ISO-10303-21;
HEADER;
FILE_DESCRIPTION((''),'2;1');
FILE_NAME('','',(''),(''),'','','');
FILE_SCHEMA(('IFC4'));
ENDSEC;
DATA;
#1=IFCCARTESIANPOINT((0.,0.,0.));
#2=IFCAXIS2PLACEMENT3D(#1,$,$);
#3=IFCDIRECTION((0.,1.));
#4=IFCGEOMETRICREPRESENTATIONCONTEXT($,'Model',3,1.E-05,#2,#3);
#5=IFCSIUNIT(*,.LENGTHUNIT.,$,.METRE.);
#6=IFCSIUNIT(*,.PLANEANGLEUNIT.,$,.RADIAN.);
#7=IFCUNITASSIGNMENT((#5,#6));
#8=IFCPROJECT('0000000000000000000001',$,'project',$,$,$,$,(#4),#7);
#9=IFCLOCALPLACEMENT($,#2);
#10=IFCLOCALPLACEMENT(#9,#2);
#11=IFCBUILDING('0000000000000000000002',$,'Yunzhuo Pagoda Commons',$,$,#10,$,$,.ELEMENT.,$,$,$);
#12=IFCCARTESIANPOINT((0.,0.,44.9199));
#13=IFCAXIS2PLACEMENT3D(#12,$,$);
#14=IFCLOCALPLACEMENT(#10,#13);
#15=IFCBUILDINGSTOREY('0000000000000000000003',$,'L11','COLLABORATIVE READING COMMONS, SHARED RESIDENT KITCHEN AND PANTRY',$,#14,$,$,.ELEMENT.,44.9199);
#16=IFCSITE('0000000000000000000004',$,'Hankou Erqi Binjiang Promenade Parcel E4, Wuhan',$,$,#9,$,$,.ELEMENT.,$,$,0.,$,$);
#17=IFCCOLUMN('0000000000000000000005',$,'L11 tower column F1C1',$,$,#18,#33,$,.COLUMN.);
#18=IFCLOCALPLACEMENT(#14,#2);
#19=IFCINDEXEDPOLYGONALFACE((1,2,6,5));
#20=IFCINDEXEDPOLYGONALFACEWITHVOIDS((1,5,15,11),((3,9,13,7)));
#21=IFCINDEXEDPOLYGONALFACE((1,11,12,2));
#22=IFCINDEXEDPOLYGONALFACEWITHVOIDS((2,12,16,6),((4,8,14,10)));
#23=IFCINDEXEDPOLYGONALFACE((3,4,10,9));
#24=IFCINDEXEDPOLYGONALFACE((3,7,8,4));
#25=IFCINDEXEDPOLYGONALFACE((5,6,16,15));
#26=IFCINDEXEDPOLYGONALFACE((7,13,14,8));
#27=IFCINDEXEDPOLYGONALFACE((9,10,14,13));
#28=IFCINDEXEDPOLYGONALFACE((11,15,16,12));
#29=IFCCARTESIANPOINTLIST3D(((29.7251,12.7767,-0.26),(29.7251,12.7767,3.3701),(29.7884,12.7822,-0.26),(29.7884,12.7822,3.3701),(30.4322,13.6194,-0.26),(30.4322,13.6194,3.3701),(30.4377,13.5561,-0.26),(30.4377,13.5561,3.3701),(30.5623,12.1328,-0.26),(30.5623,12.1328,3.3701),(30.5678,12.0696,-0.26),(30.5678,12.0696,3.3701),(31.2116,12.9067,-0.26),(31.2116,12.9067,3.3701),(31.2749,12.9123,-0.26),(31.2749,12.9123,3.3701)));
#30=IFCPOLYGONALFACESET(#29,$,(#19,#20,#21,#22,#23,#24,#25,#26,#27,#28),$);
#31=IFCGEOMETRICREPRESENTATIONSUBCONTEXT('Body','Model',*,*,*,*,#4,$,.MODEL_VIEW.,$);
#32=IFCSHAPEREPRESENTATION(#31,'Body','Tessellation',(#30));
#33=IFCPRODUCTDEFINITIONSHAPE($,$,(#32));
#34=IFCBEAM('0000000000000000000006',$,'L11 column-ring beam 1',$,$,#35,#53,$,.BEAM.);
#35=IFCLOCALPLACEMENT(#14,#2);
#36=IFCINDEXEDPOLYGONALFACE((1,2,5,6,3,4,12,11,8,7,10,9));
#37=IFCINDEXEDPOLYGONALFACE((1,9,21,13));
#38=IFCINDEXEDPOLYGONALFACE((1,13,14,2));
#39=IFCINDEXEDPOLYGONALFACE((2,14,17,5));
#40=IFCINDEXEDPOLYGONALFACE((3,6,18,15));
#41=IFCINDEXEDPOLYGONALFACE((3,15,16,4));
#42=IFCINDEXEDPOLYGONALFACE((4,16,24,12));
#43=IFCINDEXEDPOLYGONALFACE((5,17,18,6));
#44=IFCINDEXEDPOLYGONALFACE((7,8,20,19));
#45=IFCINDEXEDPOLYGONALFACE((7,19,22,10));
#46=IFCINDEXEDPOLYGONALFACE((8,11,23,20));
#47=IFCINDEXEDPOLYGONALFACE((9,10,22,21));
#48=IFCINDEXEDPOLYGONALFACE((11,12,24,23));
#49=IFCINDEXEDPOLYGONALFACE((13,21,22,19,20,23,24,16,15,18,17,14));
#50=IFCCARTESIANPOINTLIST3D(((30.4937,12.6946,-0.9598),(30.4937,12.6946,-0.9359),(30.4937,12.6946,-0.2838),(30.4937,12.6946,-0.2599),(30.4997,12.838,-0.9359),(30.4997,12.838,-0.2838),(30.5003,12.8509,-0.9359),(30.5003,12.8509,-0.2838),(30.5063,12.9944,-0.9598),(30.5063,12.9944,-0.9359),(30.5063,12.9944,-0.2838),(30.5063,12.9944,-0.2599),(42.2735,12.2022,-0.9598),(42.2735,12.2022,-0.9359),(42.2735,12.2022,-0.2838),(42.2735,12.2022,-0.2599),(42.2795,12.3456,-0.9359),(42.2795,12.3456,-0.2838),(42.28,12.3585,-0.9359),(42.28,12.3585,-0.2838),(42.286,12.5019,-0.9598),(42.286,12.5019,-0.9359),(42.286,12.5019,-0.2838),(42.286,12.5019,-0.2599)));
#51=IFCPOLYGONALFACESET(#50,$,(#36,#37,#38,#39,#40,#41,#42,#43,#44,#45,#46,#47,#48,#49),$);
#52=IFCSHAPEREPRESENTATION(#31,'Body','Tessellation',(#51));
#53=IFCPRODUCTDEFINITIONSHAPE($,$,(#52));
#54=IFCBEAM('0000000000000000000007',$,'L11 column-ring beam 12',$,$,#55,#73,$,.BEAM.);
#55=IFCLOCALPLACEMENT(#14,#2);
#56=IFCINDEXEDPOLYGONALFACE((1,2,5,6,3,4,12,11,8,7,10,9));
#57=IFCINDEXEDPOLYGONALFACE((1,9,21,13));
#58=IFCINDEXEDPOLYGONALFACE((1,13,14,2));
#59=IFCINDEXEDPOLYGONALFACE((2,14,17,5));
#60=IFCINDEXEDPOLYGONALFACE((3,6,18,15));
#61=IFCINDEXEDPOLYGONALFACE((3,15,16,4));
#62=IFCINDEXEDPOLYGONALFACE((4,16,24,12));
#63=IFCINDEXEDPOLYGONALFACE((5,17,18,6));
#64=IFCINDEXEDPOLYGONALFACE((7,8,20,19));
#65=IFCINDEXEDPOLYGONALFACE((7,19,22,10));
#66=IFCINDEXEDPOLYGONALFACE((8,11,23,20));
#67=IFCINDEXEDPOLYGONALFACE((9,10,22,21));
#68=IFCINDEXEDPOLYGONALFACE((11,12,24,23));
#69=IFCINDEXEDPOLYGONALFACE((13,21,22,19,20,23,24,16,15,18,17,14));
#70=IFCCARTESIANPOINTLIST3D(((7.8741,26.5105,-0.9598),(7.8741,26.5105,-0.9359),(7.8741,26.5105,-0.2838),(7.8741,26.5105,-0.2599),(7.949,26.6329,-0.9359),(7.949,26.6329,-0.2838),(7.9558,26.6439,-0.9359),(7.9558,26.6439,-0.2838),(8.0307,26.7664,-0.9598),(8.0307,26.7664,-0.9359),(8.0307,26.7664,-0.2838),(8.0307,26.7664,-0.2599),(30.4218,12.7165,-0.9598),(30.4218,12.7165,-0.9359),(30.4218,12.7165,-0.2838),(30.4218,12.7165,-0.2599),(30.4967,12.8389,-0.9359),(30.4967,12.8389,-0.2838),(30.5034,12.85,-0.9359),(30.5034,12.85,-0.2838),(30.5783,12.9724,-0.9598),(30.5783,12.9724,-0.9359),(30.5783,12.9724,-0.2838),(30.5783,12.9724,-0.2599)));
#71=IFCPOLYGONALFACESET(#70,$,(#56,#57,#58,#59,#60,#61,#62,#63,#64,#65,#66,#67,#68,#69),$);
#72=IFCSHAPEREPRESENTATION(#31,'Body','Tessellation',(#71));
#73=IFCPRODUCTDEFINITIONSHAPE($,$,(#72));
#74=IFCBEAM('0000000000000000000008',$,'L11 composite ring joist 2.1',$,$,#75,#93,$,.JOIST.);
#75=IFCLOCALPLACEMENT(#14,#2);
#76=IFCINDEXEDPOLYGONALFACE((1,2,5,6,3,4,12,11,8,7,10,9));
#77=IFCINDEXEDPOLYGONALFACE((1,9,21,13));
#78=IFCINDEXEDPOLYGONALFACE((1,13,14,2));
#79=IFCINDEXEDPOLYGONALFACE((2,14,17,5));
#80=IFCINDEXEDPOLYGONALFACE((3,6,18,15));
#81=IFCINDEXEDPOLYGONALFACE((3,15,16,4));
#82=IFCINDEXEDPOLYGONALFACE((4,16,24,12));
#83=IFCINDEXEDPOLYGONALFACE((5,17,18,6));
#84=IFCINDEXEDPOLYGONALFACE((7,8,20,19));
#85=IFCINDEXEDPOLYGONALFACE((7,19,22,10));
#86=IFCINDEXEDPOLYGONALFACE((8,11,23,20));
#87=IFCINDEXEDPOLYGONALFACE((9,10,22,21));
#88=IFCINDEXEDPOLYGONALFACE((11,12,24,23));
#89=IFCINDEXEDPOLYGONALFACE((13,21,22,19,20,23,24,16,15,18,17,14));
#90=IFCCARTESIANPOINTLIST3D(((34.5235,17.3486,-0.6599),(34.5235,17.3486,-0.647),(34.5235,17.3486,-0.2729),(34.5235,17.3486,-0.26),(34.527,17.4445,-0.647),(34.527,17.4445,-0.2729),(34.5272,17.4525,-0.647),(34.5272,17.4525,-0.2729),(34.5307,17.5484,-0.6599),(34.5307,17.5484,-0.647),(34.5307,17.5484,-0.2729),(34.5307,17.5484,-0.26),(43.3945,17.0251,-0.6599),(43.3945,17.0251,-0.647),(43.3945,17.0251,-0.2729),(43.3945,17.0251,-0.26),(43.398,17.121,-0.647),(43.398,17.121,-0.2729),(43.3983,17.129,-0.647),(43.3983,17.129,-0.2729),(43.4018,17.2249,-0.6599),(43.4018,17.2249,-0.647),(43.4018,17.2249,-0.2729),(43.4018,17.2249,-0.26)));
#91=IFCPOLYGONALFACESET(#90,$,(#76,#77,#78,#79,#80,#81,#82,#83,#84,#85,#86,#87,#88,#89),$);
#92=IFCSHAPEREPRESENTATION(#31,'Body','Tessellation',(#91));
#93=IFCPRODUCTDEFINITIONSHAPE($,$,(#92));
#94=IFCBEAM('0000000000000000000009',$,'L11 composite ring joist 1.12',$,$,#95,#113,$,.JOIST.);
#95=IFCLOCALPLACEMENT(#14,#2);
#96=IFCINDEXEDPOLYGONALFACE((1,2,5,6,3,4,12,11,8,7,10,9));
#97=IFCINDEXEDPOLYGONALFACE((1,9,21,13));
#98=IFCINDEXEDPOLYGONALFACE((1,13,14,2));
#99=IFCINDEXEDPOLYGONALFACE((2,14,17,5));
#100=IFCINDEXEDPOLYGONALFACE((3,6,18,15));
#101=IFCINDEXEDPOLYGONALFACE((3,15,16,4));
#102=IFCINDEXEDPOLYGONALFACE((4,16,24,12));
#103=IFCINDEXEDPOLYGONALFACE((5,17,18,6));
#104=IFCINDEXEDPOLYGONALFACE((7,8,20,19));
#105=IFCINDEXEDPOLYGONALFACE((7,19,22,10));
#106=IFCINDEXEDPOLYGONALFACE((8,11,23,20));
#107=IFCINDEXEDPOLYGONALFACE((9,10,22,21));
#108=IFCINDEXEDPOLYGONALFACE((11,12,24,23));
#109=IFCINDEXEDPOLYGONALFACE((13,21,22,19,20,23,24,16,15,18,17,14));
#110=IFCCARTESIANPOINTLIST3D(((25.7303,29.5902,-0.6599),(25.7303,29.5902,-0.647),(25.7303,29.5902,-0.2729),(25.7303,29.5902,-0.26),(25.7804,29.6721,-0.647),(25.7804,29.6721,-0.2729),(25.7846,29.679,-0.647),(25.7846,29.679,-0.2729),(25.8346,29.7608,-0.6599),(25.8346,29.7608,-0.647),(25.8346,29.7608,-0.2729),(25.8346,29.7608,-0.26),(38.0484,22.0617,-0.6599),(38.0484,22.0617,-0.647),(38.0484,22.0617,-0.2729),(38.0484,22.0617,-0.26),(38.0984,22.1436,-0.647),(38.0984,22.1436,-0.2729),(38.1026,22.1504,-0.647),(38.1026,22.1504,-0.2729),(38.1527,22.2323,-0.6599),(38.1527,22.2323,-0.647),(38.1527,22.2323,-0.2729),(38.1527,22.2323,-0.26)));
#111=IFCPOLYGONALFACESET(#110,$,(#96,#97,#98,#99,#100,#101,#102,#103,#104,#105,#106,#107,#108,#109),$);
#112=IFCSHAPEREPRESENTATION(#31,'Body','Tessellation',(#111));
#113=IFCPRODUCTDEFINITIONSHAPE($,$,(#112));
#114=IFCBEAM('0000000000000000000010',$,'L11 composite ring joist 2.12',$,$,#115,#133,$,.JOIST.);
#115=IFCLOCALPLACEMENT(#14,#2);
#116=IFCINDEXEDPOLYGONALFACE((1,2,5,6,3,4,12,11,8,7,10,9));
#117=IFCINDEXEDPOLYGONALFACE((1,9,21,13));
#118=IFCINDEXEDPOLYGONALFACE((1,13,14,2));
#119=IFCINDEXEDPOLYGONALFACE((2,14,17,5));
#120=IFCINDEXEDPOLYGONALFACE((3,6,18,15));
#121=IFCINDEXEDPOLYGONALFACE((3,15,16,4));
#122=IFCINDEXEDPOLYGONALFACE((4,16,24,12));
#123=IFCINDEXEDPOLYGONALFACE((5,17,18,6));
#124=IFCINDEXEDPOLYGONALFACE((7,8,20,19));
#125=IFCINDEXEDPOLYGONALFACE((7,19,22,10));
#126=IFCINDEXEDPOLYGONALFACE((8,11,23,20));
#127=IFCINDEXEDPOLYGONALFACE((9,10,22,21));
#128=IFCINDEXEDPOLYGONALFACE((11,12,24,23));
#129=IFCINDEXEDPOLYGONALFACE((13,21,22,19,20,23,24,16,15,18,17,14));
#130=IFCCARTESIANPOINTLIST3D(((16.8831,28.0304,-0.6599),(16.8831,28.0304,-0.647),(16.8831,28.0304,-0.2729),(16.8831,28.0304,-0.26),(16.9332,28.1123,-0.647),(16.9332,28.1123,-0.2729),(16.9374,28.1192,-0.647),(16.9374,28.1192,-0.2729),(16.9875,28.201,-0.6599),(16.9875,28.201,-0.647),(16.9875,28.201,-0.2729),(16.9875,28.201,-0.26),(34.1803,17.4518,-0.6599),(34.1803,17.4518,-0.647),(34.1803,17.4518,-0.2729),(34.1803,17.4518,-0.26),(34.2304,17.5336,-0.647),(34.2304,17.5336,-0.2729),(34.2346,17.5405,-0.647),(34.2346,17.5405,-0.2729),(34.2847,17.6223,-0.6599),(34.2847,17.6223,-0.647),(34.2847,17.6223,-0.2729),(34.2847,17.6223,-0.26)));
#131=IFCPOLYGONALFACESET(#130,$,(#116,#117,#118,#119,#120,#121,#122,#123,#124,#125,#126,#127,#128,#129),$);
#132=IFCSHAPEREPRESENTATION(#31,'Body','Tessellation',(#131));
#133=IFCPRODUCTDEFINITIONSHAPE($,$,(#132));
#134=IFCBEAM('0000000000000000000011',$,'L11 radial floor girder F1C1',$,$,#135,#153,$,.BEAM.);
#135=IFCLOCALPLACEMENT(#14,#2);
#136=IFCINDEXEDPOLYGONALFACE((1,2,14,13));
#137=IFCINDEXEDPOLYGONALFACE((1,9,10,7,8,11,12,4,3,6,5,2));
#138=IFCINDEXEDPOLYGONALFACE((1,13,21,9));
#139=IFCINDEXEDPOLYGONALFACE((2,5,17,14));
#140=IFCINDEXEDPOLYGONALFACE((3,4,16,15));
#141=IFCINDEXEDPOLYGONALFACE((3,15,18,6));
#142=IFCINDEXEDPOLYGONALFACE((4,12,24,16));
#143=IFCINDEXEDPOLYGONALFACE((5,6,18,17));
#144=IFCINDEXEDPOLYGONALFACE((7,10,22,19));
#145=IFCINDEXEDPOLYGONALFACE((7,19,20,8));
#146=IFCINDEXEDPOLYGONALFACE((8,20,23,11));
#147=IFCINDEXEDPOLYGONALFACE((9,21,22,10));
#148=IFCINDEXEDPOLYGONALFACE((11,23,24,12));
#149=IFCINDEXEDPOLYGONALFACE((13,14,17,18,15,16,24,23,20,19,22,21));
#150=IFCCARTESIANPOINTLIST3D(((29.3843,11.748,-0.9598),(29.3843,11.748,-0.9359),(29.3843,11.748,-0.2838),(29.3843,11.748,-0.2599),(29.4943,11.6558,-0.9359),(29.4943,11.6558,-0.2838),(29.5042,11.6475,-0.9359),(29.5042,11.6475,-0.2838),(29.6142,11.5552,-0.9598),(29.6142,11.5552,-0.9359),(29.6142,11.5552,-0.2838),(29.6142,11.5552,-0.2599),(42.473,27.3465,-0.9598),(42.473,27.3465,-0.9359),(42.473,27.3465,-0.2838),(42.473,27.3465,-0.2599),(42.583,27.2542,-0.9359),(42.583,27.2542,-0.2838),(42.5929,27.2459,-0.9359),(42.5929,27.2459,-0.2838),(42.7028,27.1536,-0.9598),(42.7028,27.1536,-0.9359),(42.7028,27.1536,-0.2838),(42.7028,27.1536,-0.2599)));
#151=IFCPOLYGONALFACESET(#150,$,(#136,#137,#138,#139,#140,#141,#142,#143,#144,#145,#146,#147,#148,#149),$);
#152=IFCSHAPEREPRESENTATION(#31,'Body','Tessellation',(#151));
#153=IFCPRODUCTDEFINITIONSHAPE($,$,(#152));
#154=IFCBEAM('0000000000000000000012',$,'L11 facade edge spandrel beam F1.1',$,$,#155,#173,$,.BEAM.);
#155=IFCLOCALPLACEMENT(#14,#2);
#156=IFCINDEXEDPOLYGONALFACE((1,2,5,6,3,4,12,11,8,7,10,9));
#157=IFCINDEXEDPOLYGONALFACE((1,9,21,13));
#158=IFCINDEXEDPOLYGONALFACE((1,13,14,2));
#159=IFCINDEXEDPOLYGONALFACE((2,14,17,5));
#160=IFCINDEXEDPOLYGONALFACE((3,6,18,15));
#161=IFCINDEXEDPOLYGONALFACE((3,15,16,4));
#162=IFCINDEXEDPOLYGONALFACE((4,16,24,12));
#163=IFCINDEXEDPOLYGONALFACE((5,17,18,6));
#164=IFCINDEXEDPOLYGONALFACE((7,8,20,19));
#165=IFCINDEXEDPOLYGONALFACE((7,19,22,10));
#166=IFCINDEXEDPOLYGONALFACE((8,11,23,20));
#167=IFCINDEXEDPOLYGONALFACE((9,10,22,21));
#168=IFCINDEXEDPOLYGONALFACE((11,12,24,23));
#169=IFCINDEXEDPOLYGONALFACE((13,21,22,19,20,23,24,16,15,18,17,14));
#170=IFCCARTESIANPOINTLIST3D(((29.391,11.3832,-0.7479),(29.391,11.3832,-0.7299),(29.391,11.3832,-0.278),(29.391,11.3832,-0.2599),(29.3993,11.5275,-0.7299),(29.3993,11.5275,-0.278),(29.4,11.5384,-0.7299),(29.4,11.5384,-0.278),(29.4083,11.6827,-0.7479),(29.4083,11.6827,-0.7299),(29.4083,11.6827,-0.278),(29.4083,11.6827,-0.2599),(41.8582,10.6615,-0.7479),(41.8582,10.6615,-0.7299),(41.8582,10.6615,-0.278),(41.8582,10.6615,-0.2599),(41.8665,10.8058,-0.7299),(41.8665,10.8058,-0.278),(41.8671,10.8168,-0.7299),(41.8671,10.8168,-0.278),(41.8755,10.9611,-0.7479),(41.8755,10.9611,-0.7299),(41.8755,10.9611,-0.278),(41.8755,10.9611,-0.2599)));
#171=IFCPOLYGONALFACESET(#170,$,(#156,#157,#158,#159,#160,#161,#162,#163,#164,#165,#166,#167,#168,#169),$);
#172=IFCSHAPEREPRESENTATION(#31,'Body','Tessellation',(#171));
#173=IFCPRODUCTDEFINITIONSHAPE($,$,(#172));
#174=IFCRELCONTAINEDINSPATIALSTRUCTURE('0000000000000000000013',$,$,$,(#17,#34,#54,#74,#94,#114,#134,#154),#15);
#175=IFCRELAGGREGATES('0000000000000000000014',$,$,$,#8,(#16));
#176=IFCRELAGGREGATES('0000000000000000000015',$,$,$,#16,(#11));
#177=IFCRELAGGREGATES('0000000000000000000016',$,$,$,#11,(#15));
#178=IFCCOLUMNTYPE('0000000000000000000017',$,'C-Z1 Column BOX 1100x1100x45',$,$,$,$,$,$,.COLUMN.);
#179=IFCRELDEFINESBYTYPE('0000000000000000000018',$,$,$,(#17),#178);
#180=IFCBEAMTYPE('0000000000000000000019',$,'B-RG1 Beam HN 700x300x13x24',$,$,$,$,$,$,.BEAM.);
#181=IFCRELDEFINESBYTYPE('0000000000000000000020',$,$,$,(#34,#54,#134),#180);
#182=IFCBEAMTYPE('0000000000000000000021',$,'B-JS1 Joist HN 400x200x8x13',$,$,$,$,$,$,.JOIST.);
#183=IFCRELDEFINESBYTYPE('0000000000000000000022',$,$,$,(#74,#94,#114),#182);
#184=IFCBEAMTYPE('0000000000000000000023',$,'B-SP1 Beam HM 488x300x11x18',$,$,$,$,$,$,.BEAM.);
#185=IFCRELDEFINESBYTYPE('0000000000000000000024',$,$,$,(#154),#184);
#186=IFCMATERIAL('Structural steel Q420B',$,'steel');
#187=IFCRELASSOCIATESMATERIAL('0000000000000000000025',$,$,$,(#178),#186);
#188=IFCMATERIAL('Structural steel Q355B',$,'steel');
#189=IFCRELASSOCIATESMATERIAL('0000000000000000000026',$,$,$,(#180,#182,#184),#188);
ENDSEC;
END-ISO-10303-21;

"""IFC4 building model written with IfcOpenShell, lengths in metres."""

from ifc_helpers import new_model, si_unit, direction, frame, origin, origin_2d, place, context, subcontext, project, spatial, hollow_rectangle, i_section, extrude, source, transform, mapped, material, material_profile, profile_set, type_object, element, save


model = new_model("IFC4")

# Units and contexts
model_context = context("Model", 3, precision=1e-05, world=origin(), true_north=direction((0.0, 1.0)))
body_context = subcontext(model_context, "Body", "Model", "MODEL_VIEW")
ifc_project = project(units=[si_unit("LENGTHUNIT", "METRE"), si_unit("PLANEANGLEUNIT", "RADIAN")], contexts=[model_context])

# Site, building, storey
site_placement = place(None, origin())
site = spatial("IfcSite", under=ifc_project, at=site_placement, Name="Hankou Erqi Binjiang Promenade Parcel E4, Wuhan", CompositionType="ELEMENT", RefElevation=0.0)
building_placement = place(site_placement, origin())
building = spatial("IfcBuilding", under=site, at=building_placement, Name="Yunzhuo Pagoda Commons", CompositionType="ELEMENT")
storey_placement = place(building_placement, frame((0.0, 0.0, 44.9199)))
storey = spatial("IfcBuildingStorey", under=building, at=storey_placement, Name="L11", Description="COLLABORATIVE READING COMMONS, SHARED RESIDENT KITCHEN AND PANTRY", CompositionType="ELEMENT", Elevation=44.9199)

# Column
ifc_material_1 = material(Name="Structural steel Q420B", Category="steel")
ifc_material_profile_1 = material_profile(ifc_material_1, hollow_rectangle(XDim=1.1001, YDim=1.1001, WallThickness=0.0449, at=origin_2d()), Name="Structural steel Q420B")
ifc_profile_set_1 = profile_set([ifc_material_profile_1], Name="Structural steel Q420B")
column_type = type_object("IfcColumnType", Name="C-Z1 Column BOX 1100x1100x45", PredefinedType="COLUMN", material=ifc_profile_set_1)
shared_shape_1 = source(origin(), body_context, "Body", "SweptSolid", [
    extrude(hollow_rectangle(XDim=1.1001, YDim=1.1001, WallThickness=0.0449, at=origin_2d()), origin(), (0.0, 0.0, 1.0), 3.6301),
])
column_placement = place(storey_placement, frame((30.5, 12.8445, -0.26), z_axis=(0.0, 0.0, 1.0), x_axis=(0.766044, -0.642788, 0.0)))
element("IfcColumn", 1, at=column_placement, inside=storey, type_object=column_type, Name="L11 tower column F1C1", PredefinedType="COLUMN", context=body_context, shape_type="MappedRepresentation", body=[
    mapped(shared_shape_1, transform((0.0, 0.0, 0.0), scale=1.0)),
])

# Beams
ifc_material_2 = material(Name="Structural steel Q355B", Category="steel")
ifc_material_profile_2 = material_profile(ifc_material_2, i_section(OverallWidth=0.3, OverallDepth=0.7, WebThickness=0.0129, FlangeThickness=0.0239, at=origin_2d()), Name="Structural steel Q355B")
ifc_profile_set_2 = profile_set([ifc_material_profile_2], Name="Structural steel Q355B")
beam_type_1 = type_object("IfcBeamType", Name="B-RG1 Beam HN 700x300x13x24", PredefinedType="BEAM", material=ifc_profile_set_2)
shared_shape_2 = source(origin(), body_context, "Body", "SweptSolid", [
    extrude(i_section(OverallWidth=0.3, OverallDepth=0.7, WebThickness=0.0129, FlangeThickness=0.0239, at=origin_2d()), origin(), (0.0, 0.0, 1.0), 11.79),
])
beam_1_placement = place(storey_placement, frame((30.5, 12.8445, -0.6099), z_axis=(0.999127, -0.041767, 0.0), x_axis=(0.041767, 0.999127, 0.0)))
element("IfcBeam", 2, at=beam_1_placement, inside=storey, type_object=beam_type_1, Name="L11 column-ring beam 1", PredefinedType="BEAM", context=body_context, shape_type="MappedRepresentation", body=[
    mapped(shared_shape_2, transform((0.0, 0.0, 0.0), scale=1.0)),
])
shared_shape_3 = source(origin(), body_context, "Body", "SweptSolid", [
    extrude(i_section(OverallWidth=0.3, OverallDepth=0.7, WebThickness=0.0129, FlangeThickness=0.0239, at=origin_2d()), origin(), (0.0, 0.0, 1.0), 26.4324),
])
beam_2_placement = place(storey_placement, frame((7.9524, 26.6384, -0.6099), z_axis=(0.853032, -0.521859, 0.0), x_axis=(0.521859, 0.853032, 0.0)))
element("IfcBeam", 3, at=beam_2_placement, inside=storey, type_object=beam_type_1, Name="L11 column-ring beam 12", PredefinedType="BEAM", context=body_context, shape_type="MappedRepresentation", body=[
    mapped(shared_shape_3, transform((0.0, 0.0, 0.0), scale=1.0)),
])
ifc_material_profile_3 = material_profile(ifc_material_2, i_section(OverallWidth=0.2, OverallDepth=0.3999, WebThickness=0.0081, FlangeThickness=0.0129, at=origin_2d()), Name="Structural steel Q355B")
ifc_profile_set_3 = profile_set([ifc_material_profile_3], Name="Structural steel Q355B")
beam_type_2 = type_object("IfcBeamType", Name="B-JS1 Joist HN 400x200x8x13", PredefinedType="JOIST", material=ifc_profile_set_3)
shared_shape_4 = source(origin(), body_context, "Body", "SweptSolid", [
    extrude(i_section(OverallWidth=0.2, OverallDepth=0.3999, WebThickness=0.0081, FlangeThickness=0.0129, at=origin_2d()), origin(), (0.0, 0.0, 1.0), 8.877),
])
beam_3_placement = place(storey_placement, frame((34.5271, 17.4485, -0.46), z_axis=(0.999336, -0.036441, 0.0), x_axis=(0.036441, 0.999336, 0.0)))
element("IfcBeam", 4, at=beam_3_placement, inside=storey, type_object=beam_type_2, Name="L11 composite ring joist 2.1", PredefinedType="JOIST", context=body_context, shape_type="MappedRepresentation", body=[
    mapped(shared_shape_4, transform((0.0, 0.0, 0.0), scale=1.0)),
])
shared_shape_5 = source(origin(), body_context, "Body", "SweptSolid", [
    extrude(i_section(OverallWidth=0.2, OverallDepth=0.3999, WebThickness=0.0081, FlangeThickness=0.0129, at=origin_2d()), origin(), (0.0, 0.0, 1.0), 14.4365),
])
beam_4_placement = place(storey_placement, frame((25.7825, 29.6755, -0.46), z_axis=(0.853256, -0.521492, 0.0), x_axis=(0.521492, 0.853256, 0.0)))
element("IfcBeam", 5, at=beam_4_placement, inside=storey, type_object=beam_type_2, Name="L11 composite ring joist 1.12", PredefinedType="JOIST", context=body_context, shape_type="MappedRepresentation", body=[
    mapped(shared_shape_5, transform((0.0, 0.0, 0.0), scale=1.0)),
])
shared_shape_6 = source(origin(), body_context, "Body", "SweptSolid", [
    extrude(i_section(OverallWidth=0.2, OverallDepth=0.3999, WebThickness=0.0081, FlangeThickness=0.0129, at=origin_2d()), origin(), (0.0, 0.0, 1.0), 20.2756),
])
beam_5_placement = place(storey_placement, frame((16.9353, 28.1157, -0.46), z_axis=(0.853103, -0.521743, 0.0), x_axis=(0.521743, 0.853103, 0.0)))
element("IfcBeam", 6, at=beam_5_placement, inside=storey, type_object=beam_type_2, Name="L11 composite ring joist 2.12", PredefinedType="JOIST", context=body_context, shape_type="MappedRepresentation", body=[
    mapped(shared_shape_6, transform((0.0, 0.0, 0.0), scale=1.0)),
])
shared_shape_7 = source(origin(), body_context, "Body", "SweptSolid", [
    extrude(i_section(OverallWidth=0.3, OverallDepth=0.7, WebThickness=0.0129, FlangeThickness=0.0239, at=origin_2d()), origin(), (0.0, 0.0, 1.0), 20.3623),
])
beam_6_placement = place(storey_placement, frame((29.4993, 11.6516, -0.6099), z_axis=(0.642788, 0.766044, 0.0), x_axis=(-0.766044, 0.642788, 0.0)))
element("IfcBeam", 7, at=beam_6_placement, inside=storey, type_object=beam_type_1, Name="L11 radial floor girder F1C1", PredefinedType="BEAM", context=body_context, shape_type="MappedRepresentation", body=[
    mapped(shared_shape_7, transform((0.0, 0.0, 0.0), scale=1.0)),
])
ifc_material_profile_4 = material_profile(ifc_material_2, i_section(OverallWidth=0.3, OverallDepth=0.488, WebThickness=0.011, FlangeThickness=0.0181, at=origin_2d()), Name="Structural steel Q355B")
ifc_profile_set_4 = profile_set([ifc_material_profile_4], Name="Structural steel Q355B")
beam_type_3 = type_object("IfcBeamType", Name="B-SP1 Beam HM 488x300x11x18", PredefinedType="BEAM", material=ifc_profile_set_4)
shared_shape_8 = source(origin(), body_context, "Body", "SweptSolid", [
    extrude(i_section(OverallWidth=0.3, OverallDepth=0.488, WebThickness=0.011, FlangeThickness=0.0181, at=origin_2d()), origin(), (0.0, 0.0, 1.0), 12.488),
])
beam_7_placement = place(storey_placement, frame((29.3997, 11.533, -0.5039), z_axis=(0.998329, -0.057789, 0.0), x_axis=(0.057789, 0.998329, 0.0)))
element("IfcBeam", 8, at=beam_7_placement, inside=storey, type_object=beam_type_3, Name="L11 facade edge spandrel beam F1.1", PredefinedType="BEAM", context=body_context, shape_type="MappedRepresentation", body=[
    mapped(shared_shape_8, transform((0.0, 0.0, 0.0), scale=1.0)),
])

save(model, "model.ifc")
